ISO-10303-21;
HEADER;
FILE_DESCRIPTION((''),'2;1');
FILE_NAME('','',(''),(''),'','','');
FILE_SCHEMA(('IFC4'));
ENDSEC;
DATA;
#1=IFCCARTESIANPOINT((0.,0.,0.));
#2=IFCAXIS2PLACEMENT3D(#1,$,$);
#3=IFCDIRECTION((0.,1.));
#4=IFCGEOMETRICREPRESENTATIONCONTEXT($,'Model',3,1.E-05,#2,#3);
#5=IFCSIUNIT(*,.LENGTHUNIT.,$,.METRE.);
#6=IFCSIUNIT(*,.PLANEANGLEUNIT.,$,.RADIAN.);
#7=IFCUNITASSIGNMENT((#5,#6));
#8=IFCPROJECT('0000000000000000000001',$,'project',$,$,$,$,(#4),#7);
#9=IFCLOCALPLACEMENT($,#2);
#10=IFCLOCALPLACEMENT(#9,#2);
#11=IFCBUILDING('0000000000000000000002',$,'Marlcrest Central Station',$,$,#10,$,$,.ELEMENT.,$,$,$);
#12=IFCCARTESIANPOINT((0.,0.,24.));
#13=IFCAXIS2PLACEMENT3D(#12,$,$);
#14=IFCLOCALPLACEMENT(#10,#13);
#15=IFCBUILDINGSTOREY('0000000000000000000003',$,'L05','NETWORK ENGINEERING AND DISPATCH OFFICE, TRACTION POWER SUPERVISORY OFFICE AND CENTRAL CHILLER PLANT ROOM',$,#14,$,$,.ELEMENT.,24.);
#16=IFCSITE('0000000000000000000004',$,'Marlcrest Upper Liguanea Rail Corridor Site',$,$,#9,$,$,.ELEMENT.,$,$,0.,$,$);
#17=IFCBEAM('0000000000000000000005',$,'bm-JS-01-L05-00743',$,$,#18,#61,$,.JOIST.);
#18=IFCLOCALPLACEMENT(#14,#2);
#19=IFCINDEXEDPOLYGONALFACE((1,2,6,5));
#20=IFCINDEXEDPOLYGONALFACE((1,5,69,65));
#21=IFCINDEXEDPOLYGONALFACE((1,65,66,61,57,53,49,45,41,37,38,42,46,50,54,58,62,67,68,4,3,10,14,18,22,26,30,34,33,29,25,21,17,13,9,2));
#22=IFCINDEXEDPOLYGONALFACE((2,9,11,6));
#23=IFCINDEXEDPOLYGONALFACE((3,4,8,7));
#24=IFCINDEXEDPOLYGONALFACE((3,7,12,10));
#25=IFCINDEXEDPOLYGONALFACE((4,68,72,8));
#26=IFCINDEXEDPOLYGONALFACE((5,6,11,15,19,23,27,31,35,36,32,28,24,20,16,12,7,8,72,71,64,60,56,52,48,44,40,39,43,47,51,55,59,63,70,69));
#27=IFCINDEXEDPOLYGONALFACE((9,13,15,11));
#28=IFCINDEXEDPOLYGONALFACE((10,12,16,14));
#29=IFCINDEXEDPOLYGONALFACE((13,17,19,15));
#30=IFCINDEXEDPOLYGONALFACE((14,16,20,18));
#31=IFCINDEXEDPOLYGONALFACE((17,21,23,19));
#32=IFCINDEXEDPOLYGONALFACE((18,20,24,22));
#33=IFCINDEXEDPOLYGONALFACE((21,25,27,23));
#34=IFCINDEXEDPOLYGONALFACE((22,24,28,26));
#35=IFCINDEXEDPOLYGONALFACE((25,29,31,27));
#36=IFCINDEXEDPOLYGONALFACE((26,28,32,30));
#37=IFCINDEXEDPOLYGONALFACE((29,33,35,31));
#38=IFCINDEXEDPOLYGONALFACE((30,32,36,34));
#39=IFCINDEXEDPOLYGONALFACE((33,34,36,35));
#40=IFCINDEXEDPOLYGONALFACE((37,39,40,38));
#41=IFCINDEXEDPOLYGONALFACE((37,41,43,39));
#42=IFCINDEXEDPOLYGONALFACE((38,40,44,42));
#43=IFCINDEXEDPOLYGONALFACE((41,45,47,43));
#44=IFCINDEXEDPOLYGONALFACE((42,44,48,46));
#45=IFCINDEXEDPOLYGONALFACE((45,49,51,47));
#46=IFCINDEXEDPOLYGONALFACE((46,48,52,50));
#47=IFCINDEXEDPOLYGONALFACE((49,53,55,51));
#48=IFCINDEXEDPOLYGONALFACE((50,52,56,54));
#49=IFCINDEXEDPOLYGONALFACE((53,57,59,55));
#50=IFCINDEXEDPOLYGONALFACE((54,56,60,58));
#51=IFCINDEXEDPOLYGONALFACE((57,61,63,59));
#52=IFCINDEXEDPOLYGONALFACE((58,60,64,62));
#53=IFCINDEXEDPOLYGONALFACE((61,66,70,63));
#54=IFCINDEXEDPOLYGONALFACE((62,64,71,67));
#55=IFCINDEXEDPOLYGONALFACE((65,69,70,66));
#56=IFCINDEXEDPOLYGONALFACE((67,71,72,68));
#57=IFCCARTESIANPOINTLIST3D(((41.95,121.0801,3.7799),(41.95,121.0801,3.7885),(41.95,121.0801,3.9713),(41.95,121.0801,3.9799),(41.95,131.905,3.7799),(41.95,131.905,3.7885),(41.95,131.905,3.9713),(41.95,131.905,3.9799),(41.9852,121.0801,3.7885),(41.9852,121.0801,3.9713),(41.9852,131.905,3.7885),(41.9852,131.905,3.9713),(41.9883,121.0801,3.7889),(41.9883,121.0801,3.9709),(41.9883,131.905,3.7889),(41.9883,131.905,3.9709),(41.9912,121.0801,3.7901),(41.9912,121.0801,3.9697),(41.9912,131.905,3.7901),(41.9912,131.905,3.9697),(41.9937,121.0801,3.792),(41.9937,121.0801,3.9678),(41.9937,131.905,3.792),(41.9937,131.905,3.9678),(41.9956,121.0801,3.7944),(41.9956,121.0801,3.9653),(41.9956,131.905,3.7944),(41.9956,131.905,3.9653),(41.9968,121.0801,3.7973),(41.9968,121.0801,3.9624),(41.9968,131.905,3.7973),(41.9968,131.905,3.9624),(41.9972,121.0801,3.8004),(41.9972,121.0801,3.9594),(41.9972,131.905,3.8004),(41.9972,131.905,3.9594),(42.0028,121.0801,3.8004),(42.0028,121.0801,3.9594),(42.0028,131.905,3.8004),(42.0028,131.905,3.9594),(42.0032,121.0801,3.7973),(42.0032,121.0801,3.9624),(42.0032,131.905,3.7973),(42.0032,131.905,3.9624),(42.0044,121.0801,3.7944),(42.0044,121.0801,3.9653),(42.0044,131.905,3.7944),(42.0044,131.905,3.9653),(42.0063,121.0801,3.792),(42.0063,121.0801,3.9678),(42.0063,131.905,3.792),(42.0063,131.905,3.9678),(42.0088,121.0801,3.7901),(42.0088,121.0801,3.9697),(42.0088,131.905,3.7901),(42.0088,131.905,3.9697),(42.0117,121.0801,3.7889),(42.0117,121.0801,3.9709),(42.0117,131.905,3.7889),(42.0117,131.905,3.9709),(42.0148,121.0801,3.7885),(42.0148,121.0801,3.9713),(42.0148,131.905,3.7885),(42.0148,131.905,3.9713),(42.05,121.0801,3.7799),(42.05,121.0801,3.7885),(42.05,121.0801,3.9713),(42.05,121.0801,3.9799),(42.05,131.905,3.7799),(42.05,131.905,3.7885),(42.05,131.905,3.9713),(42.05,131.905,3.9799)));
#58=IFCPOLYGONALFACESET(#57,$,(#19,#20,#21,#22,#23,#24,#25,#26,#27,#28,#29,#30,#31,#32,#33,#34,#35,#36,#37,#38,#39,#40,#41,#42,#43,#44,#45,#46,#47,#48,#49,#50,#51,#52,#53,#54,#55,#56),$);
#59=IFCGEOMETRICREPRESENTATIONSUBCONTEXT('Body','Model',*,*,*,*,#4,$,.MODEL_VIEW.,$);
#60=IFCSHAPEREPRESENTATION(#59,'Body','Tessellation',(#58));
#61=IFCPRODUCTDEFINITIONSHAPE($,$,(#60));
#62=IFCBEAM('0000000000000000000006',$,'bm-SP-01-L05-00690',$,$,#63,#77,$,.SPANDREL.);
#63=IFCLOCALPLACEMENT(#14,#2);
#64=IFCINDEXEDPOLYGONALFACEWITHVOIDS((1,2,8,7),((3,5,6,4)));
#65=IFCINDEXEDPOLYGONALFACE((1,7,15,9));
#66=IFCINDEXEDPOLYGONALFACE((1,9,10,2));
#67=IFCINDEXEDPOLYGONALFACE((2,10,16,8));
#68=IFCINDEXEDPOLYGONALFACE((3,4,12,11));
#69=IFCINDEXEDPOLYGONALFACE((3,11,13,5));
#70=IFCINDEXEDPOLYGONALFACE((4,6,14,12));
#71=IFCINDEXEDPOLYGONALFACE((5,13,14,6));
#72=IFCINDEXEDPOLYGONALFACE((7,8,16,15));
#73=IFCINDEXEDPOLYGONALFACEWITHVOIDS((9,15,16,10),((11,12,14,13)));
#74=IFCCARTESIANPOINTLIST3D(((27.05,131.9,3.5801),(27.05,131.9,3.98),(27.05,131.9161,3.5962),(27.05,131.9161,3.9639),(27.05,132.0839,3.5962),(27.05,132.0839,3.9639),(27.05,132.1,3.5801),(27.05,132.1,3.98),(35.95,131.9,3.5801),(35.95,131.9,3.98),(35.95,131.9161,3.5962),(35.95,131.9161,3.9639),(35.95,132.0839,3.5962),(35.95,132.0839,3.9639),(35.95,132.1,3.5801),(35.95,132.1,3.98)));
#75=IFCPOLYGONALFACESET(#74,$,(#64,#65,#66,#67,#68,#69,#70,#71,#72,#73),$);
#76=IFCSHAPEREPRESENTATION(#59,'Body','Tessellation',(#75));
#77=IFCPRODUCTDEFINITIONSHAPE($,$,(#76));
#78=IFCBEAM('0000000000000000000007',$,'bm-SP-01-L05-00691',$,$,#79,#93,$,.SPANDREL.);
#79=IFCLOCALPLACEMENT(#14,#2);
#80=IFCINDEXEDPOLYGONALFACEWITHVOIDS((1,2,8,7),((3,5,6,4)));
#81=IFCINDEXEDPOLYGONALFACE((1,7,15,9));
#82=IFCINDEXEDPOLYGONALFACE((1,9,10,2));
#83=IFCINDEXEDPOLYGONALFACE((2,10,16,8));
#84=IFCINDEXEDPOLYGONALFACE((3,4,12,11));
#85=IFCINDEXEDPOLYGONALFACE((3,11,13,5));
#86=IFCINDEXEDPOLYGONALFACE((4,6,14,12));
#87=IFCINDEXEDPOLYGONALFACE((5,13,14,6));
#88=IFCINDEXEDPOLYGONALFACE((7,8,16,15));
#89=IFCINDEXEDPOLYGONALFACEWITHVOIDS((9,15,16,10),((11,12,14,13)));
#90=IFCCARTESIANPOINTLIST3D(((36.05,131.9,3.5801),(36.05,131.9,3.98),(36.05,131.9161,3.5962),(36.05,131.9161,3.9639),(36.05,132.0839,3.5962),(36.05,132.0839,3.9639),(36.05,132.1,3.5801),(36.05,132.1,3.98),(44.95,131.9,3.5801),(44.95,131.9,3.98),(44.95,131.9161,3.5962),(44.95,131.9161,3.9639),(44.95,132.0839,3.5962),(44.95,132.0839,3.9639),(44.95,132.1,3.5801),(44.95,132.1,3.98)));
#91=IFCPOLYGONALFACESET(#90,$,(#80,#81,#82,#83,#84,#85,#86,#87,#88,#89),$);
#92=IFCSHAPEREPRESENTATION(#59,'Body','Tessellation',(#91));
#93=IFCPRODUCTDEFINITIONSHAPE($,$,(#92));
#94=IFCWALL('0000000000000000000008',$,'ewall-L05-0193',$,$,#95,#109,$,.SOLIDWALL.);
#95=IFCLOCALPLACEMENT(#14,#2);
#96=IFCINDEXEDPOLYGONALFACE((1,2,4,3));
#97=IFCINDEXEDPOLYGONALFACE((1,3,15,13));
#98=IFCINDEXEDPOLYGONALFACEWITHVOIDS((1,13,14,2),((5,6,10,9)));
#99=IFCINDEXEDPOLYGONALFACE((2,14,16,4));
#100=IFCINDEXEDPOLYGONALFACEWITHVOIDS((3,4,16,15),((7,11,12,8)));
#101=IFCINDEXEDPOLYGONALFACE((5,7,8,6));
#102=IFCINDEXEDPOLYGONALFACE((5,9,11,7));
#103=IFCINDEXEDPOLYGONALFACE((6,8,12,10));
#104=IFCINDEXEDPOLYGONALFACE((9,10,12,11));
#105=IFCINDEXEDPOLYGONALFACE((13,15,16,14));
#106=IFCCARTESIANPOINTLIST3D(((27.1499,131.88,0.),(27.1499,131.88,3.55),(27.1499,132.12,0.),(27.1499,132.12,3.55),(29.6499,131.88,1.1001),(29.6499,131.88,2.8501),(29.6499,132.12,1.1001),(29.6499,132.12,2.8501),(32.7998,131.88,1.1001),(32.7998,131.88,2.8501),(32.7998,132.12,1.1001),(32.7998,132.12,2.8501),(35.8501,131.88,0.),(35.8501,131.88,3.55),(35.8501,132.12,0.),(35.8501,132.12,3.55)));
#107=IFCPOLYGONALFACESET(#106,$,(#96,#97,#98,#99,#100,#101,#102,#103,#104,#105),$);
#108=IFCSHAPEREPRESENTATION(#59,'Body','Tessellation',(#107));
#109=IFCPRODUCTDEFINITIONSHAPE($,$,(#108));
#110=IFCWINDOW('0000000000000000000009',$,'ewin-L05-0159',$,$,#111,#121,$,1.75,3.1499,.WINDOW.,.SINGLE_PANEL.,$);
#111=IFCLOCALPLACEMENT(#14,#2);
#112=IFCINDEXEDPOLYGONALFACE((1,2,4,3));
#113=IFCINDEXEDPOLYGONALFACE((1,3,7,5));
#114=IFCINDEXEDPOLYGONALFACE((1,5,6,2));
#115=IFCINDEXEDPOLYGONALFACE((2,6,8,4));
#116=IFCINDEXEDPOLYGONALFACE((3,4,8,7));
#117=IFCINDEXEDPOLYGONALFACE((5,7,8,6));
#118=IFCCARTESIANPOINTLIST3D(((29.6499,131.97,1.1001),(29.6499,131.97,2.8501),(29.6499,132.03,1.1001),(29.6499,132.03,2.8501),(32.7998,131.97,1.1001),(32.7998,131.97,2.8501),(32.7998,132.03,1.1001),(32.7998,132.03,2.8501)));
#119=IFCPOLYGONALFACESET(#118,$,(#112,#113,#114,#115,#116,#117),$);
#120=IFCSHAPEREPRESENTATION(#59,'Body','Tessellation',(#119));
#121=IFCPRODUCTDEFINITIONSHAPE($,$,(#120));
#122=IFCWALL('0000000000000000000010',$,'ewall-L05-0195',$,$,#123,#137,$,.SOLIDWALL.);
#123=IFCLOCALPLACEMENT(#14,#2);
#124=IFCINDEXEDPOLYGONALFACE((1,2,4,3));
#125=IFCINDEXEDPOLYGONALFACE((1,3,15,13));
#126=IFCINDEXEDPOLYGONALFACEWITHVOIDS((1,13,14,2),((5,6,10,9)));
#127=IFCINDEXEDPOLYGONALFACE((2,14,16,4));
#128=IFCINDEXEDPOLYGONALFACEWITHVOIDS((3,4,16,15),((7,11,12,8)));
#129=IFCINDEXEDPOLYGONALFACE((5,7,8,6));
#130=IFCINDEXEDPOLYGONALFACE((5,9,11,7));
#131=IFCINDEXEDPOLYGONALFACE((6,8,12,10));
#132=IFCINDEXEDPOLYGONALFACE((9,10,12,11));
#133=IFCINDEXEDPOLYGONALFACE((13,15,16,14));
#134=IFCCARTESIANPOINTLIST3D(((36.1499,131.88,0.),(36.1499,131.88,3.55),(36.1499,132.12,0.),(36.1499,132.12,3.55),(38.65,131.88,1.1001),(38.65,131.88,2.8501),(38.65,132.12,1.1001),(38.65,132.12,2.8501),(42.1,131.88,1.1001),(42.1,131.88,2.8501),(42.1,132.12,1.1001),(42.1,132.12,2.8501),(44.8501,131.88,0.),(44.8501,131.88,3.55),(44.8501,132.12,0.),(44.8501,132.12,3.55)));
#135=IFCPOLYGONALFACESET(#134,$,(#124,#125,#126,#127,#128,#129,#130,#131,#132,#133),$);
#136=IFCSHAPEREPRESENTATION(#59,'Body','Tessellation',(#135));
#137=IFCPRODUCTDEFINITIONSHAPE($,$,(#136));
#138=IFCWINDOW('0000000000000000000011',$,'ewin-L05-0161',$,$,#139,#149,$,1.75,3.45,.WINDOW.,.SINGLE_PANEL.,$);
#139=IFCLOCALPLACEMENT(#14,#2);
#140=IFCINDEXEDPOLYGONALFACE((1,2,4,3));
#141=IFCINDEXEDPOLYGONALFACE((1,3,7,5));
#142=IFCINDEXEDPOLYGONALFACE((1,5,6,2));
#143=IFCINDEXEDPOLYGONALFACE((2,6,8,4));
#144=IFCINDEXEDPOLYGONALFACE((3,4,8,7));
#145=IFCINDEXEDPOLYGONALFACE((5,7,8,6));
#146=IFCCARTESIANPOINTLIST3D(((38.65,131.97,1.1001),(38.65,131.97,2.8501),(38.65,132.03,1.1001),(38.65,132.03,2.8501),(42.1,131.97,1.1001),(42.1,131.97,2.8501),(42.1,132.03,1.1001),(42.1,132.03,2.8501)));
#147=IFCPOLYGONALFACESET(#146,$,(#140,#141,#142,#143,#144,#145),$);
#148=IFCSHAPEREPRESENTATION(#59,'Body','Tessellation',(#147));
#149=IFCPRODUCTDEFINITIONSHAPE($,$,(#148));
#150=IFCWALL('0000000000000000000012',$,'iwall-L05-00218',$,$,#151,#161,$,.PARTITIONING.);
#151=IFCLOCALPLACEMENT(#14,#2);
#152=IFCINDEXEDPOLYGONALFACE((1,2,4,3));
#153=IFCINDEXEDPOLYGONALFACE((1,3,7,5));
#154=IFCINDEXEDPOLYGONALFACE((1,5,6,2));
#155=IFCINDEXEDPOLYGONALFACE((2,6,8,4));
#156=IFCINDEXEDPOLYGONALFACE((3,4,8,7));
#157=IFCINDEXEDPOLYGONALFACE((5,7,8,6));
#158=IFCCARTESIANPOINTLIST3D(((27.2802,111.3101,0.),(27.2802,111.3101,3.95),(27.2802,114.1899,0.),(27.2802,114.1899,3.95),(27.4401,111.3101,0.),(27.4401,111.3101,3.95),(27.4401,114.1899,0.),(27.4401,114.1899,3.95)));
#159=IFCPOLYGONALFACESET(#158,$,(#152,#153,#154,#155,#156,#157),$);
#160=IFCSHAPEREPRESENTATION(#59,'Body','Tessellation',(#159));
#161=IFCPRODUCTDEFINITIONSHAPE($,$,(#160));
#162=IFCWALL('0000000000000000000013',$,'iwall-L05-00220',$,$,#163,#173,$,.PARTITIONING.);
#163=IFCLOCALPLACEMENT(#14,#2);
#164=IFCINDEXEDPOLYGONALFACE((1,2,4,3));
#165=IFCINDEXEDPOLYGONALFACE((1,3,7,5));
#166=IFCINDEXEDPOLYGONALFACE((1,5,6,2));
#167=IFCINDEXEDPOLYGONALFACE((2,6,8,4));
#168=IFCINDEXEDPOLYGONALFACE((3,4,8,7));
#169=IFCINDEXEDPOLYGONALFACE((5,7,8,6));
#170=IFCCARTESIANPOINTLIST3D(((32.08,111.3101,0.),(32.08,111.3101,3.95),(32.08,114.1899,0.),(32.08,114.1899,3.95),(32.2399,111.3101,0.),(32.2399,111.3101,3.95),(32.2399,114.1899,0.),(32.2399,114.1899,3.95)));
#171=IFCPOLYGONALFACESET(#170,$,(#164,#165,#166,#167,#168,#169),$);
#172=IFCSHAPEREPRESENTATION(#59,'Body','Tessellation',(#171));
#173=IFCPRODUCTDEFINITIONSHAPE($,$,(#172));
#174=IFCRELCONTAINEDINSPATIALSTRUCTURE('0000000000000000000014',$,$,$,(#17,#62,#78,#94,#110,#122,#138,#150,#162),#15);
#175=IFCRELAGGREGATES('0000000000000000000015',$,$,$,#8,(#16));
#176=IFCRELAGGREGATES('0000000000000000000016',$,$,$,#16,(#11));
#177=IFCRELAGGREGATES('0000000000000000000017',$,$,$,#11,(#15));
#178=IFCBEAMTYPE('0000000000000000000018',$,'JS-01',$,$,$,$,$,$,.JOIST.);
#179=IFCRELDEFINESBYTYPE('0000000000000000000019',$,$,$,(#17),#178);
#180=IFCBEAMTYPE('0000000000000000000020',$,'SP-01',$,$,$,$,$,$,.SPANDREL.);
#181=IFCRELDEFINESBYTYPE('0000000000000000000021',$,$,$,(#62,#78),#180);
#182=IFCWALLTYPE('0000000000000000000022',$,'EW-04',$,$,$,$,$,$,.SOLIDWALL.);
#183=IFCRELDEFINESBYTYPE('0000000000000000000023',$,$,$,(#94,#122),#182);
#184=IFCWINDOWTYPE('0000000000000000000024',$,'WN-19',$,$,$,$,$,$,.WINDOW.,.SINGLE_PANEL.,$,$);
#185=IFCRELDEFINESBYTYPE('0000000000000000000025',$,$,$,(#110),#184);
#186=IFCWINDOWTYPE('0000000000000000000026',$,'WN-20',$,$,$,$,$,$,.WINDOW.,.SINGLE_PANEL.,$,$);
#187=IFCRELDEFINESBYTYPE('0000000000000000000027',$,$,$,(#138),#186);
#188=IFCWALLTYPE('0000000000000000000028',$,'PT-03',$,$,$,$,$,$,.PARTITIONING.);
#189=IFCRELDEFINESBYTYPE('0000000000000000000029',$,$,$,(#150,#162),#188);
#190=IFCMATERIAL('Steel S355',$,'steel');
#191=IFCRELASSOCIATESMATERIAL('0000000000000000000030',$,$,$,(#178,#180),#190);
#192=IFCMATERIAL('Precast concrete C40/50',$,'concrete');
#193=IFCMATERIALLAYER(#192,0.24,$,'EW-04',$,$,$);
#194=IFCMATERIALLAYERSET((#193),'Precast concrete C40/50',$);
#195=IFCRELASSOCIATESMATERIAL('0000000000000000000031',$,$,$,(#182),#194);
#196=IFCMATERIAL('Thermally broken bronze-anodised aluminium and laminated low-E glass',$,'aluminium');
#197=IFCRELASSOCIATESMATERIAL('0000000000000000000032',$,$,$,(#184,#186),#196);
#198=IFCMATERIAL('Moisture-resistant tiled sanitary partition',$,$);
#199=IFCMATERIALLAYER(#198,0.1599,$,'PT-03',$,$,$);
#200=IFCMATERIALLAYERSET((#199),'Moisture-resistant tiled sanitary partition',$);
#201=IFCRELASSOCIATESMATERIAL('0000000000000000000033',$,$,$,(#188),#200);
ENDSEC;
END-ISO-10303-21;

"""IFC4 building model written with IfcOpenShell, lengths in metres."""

from ifc_helpers import new_model, si_unit, direction, frame, frame_2d, origin, origin_2d, place, context, subcontext, project, spatial, rectangle, hollow_rectangle, i_section, extrude, material, layer, layer_set, material_profile, profile_set, type_object, element, fill, save


model = new_model("IFC4")

# Units and contexts
model_context = context("Model", 3, precision=1e-05, world=origin(), true_north=direction((0.0, 1.0)))
body_context = subcontext(model_context, "Body", "Model", "MODEL_VIEW")
ifc_project = project(units=[si_unit("LENGTHUNIT", "METRE"), si_unit("PLANEANGLEUNIT", "RADIAN")], contexts=[model_context])

# Site, building, storey
site_placement = place(None, origin())
site = spatial("IfcSite", under=ifc_project, at=site_placement, Name="Marlcrest Upper Liguanea Rail Corridor Site", CompositionType="ELEMENT", RefElevation=0.0)
building_placement = place(site_placement, origin())
building = spatial("IfcBuilding", under=site, at=building_placement, Name="Marlcrest Central Station", CompositionType="ELEMENT")
storey_placement = place(building_placement, frame((0.0, 0.0, 24.0)))
storey = spatial("IfcBuildingStorey", under=building, at=storey_placement, Name="L05", Description="NETWORK ENGINEERING AND DISPATCH OFFICE, TRACTION POWER SUPERVISORY OFFICE AND CENTRAL CHILLER PLANT ROOM", CompositionType="ELEMENT", Elevation=24.0)

# Shared definitions
ifc_material_1 = material(Name="Steel S355", Category="steel")

# Beams
ifc_material_profile_1 = material_profile(ifc_material_1, i_section(OverallWidth=0.1001, OverallDepth=0.2, WebThickness=0.0056, FlangeThickness=0.0085, FilletRadius=0.012, at=origin_2d()), Name="IPE 200")
ifc_profile_set_1 = profile_set([ifc_material_profile_1], Name="Steel S355")
beam_type_1 = type_object("IfcBeamType", Name="JS-01", PredefinedType="JOIST", material=ifc_profile_set_1)
for number, where, z_axis, x_axis, name in (
    (1, (42.0, 121.0801, 3.8799), (0.0, 1.0, 0.0), (-1.0, 0.0, 0.0), "bm-JS-01-L05-00743"),
):
    element("IfcBeam", number, at=place(storey_placement, frame(where, z_axis=z_axis, x_axis=x_axis)), inside=storey, type_object=beam_type_1, Name=name, PredefinedType="JOIST", context=body_context, shape_type="SweptSolid", body=[
        extrude(i_section(OverallWidth=0.1001, OverallDepth=0.2, WebThickness=0.0056, FlangeThickness=0.0085, FilletRadius=0.012, at=origin_2d()), origin(), (0.0, 0.0, 1.0), 10.825),
    ])
ifc_material_profile_2 = material_profile(ifc_material_1, hollow_rectangle(XDim=0.2, YDim=0.3999, WallThickness=0.0161, at=origin_2d()), Name="RHS 400x200x16")
ifc_profile_set_2 = profile_set([ifc_material_profile_2], Name="Steel S355")
beam_type_2 = type_object("IfcBeamType", Name="SP-01", PredefinedType="SPANDREL", material=ifc_profile_set_2)
for number, where, z_axis, x_axis, name in (
    (2, (27.05, 132.0, 3.78), (1.0, 0.0, 0.0), (0.0, 1.0, 0.0), "bm-SP-01-L05-00690"),
    (3, (36.05, 132.0, 3.78), (1.0, 0.0, 0.0), (0.0, 1.0, 0.0), "bm-SP-01-L05-00691"),
):
    element("IfcBeam", number, at=place(storey_placement, frame(where, z_axis=z_axis, x_axis=x_axis)), inside=storey, type_object=beam_type_2, Name=name, PredefinedType="SPANDREL", context=body_context, shape_type="SweptSolid", body=[
        extrude(hollow_rectangle(XDim=0.2, YDim=0.3999, WallThickness=0.0161, at=origin_2d()), origin(), (0.0, 0.0, 1.0), 8.8999),
    ])

# Walls, openings, windows
ifc_material_2 = material(Name="Precast concrete C40/50", Category="concrete")
ifc_layer_1 = layer(ifc_material_2, 0.24, Name="EW-04")
ifc_layer_set_1 = layer_set([ifc_layer_1], Name="Precast concrete C40/50")
wall_type_1 = type_object("IfcWallType", Name="EW-04", PredefinedType="SOLIDWALL", material=ifc_layer_set_1)
wall_1_placement = place(storey_placement, frame((27.1499, 132.0, 0.0), z_axis=(0.0, 0.0, 1.0), x_axis=(1.0, 0.0, 0.0)))
wall_1 = element("IfcWall", 4, at=wall_1_placement, inside=storey, type_object=wall_type_1, Name="ewall-L05-0193", PredefinedType="SOLIDWALL", context=body_context, shape_type="SweptSolid", body=[
    extrude(rectangle(XDim=8.7002, YDim=0.24, at=frame_2d((4.3501, 0.0))), origin(), (0.0, 0.0, 1.0), 3.55),
])
opening_1_placement = place(wall_1_placement, frame((2.5, 0.0, 1.1001)))
opening_1 = element("IfcOpeningElement", 5, at=opening_1_placement, cuts=wall_1, PredefinedType="OPENING", context=body_context, shape_type="SweptSolid", body=[
    extrude(rectangle(XDim=3.1499, YDim=1.75, at=frame_2d((1.575, 0.875))), frame((0.0, 0.1299, 0.0), z_axis=(0.0, -1.0, 0.0), x_axis=(1.0, 0.0, 0.0)), (0.0, 0.0, 1.0), 0.26),
])
ifc_material_3 = material(Name="Thermally broken bronze-anodised aluminium and laminated low-E glass", Category="aluminium")
window_type_1 = type_object("IfcWindowType", Name="WN-19", PartitioningType="SINGLE_PANEL", PredefinedType="WINDOW", material=ifc_material_3)
window_1_placement = place(opening_1_placement, origin())
window_1 = element("IfcWindow", 6, at=window_1_placement, inside=storey, type_object=window_type_1, Name="ewin-L05-0159", OverallHeight=1.75, OverallWidth=3.1499, PartitioningType="SINGLE_PANEL", PredefinedType="WINDOW", context=body_context, shape_type="SweptSolid", body=[
    extrude(rectangle(XDim=3.1499, YDim=1.75, at=frame_2d((1.575, 0.875))), frame((0.0, 0.03, 0.0), z_axis=(0.0, -1.0, 0.0), x_axis=(1.0, 0.0, 0.0)), (0.0, 0.0, 1.0), 0.0601),
])
fill(opening_1, window_1)
wall_2_placement = place(storey_placement, frame((36.1499, 132.0, 0.0), z_axis=(0.0, 0.0, 1.0), x_axis=(1.0, 0.0, 0.0)))
wall_2 = element("IfcWall", 7, at=wall_2_placement, inside=storey, type_object=wall_type_1, Name="ewall-L05-0195", PredefinedType="SOLIDWALL", context=body_context, shape_type="SweptSolid", body=[
    extrude(rectangle(XDim=8.7002, YDim=0.24, at=frame_2d((4.3501, 0.0))), origin(), (0.0, 0.0, 1.0), 3.55),
])
opening_2_placement = place(wall_2_placement, frame((2.5, 0.0, 1.1001)))
opening_2 = element("IfcOpeningElement", 8, at=opening_2_placement, cuts=wall_2, PredefinedType="OPENING", context=body_context, shape_type="SweptSolid", body=[
    extrude(rectangle(XDim=3.45, YDim=1.75, at=frame_2d((1.7251, 0.875))), frame((0.0, 0.1299, 0.0), z_axis=(0.0, -1.0, 0.0), x_axis=(1.0, 0.0, 0.0)), (0.0, 0.0, 1.0), 0.26),
])
window_type_2 = type_object("IfcWindowType", Name="WN-20", PartitioningType="SINGLE_PANEL", PredefinedType="WINDOW", material=ifc_material_3)
window_2_placement = place(opening_2_placement, origin())
window_2 = element("IfcWindow", 9, at=window_2_placement, inside=storey, type_object=window_type_2, Name="ewin-L05-0161", OverallHeight=1.75, OverallWidth=3.45, PartitioningType="SINGLE_PANEL", PredefinedType="WINDOW", context=body_context, shape_type="SweptSolid", body=[
    extrude(rectangle(XDim=3.45, YDim=1.75, at=frame_2d((1.7251, 0.875))), frame((0.0, 0.03, 0.0), z_axis=(0.0, -1.0, 0.0), x_axis=(1.0, 0.0, 0.0)), (0.0, 0.0, 1.0), 0.0601),
])
fill(opening_2, window_2)

# Walls
ifc_material_4 = material(Name="Moisture-resistant tiled sanitary partition")
ifc_layer_2 = layer(ifc_material_4, 0.1599, Name="PT-03")
ifc_layer_set_2 = layer_set([ifc_layer_2], Name="Moisture-resistant tiled sanitary partition")
wall_type_2 = type_object("IfcWallType", Name="PT-03", PredefinedType="PARTITIONING", material=ifc_layer_set_2)
for number, where, z_axis, x_axis, name in (
    (10, (27.3601, 111.3101, 0.0), (0.0, 0.0, 1.0), (0.0, 1.0, 0.0), "iwall-L05-00218"),
    (11, (32.1599, 111.3101, 0.0), (0.0, 0.0, 1.0), (0.0, 1.0, 0.0), "iwall-L05-00220"),
):
    element("IfcWall", number, at=place(storey_placement, frame(where, z_axis=z_axis, x_axis=x_axis)), inside=storey, type_object=wall_type_2, Name=name, PredefinedType="PARTITIONING", context=body_context, shape_type="SweptSolid", body=[
        extrude(rectangle(XDim=2.8799, YDim=0.1599, at=frame_2d((1.4399, 0.0))), origin(), (0.0, 0.0, 1.0), 3.95),
    ])

save(model, "model.ifc")
